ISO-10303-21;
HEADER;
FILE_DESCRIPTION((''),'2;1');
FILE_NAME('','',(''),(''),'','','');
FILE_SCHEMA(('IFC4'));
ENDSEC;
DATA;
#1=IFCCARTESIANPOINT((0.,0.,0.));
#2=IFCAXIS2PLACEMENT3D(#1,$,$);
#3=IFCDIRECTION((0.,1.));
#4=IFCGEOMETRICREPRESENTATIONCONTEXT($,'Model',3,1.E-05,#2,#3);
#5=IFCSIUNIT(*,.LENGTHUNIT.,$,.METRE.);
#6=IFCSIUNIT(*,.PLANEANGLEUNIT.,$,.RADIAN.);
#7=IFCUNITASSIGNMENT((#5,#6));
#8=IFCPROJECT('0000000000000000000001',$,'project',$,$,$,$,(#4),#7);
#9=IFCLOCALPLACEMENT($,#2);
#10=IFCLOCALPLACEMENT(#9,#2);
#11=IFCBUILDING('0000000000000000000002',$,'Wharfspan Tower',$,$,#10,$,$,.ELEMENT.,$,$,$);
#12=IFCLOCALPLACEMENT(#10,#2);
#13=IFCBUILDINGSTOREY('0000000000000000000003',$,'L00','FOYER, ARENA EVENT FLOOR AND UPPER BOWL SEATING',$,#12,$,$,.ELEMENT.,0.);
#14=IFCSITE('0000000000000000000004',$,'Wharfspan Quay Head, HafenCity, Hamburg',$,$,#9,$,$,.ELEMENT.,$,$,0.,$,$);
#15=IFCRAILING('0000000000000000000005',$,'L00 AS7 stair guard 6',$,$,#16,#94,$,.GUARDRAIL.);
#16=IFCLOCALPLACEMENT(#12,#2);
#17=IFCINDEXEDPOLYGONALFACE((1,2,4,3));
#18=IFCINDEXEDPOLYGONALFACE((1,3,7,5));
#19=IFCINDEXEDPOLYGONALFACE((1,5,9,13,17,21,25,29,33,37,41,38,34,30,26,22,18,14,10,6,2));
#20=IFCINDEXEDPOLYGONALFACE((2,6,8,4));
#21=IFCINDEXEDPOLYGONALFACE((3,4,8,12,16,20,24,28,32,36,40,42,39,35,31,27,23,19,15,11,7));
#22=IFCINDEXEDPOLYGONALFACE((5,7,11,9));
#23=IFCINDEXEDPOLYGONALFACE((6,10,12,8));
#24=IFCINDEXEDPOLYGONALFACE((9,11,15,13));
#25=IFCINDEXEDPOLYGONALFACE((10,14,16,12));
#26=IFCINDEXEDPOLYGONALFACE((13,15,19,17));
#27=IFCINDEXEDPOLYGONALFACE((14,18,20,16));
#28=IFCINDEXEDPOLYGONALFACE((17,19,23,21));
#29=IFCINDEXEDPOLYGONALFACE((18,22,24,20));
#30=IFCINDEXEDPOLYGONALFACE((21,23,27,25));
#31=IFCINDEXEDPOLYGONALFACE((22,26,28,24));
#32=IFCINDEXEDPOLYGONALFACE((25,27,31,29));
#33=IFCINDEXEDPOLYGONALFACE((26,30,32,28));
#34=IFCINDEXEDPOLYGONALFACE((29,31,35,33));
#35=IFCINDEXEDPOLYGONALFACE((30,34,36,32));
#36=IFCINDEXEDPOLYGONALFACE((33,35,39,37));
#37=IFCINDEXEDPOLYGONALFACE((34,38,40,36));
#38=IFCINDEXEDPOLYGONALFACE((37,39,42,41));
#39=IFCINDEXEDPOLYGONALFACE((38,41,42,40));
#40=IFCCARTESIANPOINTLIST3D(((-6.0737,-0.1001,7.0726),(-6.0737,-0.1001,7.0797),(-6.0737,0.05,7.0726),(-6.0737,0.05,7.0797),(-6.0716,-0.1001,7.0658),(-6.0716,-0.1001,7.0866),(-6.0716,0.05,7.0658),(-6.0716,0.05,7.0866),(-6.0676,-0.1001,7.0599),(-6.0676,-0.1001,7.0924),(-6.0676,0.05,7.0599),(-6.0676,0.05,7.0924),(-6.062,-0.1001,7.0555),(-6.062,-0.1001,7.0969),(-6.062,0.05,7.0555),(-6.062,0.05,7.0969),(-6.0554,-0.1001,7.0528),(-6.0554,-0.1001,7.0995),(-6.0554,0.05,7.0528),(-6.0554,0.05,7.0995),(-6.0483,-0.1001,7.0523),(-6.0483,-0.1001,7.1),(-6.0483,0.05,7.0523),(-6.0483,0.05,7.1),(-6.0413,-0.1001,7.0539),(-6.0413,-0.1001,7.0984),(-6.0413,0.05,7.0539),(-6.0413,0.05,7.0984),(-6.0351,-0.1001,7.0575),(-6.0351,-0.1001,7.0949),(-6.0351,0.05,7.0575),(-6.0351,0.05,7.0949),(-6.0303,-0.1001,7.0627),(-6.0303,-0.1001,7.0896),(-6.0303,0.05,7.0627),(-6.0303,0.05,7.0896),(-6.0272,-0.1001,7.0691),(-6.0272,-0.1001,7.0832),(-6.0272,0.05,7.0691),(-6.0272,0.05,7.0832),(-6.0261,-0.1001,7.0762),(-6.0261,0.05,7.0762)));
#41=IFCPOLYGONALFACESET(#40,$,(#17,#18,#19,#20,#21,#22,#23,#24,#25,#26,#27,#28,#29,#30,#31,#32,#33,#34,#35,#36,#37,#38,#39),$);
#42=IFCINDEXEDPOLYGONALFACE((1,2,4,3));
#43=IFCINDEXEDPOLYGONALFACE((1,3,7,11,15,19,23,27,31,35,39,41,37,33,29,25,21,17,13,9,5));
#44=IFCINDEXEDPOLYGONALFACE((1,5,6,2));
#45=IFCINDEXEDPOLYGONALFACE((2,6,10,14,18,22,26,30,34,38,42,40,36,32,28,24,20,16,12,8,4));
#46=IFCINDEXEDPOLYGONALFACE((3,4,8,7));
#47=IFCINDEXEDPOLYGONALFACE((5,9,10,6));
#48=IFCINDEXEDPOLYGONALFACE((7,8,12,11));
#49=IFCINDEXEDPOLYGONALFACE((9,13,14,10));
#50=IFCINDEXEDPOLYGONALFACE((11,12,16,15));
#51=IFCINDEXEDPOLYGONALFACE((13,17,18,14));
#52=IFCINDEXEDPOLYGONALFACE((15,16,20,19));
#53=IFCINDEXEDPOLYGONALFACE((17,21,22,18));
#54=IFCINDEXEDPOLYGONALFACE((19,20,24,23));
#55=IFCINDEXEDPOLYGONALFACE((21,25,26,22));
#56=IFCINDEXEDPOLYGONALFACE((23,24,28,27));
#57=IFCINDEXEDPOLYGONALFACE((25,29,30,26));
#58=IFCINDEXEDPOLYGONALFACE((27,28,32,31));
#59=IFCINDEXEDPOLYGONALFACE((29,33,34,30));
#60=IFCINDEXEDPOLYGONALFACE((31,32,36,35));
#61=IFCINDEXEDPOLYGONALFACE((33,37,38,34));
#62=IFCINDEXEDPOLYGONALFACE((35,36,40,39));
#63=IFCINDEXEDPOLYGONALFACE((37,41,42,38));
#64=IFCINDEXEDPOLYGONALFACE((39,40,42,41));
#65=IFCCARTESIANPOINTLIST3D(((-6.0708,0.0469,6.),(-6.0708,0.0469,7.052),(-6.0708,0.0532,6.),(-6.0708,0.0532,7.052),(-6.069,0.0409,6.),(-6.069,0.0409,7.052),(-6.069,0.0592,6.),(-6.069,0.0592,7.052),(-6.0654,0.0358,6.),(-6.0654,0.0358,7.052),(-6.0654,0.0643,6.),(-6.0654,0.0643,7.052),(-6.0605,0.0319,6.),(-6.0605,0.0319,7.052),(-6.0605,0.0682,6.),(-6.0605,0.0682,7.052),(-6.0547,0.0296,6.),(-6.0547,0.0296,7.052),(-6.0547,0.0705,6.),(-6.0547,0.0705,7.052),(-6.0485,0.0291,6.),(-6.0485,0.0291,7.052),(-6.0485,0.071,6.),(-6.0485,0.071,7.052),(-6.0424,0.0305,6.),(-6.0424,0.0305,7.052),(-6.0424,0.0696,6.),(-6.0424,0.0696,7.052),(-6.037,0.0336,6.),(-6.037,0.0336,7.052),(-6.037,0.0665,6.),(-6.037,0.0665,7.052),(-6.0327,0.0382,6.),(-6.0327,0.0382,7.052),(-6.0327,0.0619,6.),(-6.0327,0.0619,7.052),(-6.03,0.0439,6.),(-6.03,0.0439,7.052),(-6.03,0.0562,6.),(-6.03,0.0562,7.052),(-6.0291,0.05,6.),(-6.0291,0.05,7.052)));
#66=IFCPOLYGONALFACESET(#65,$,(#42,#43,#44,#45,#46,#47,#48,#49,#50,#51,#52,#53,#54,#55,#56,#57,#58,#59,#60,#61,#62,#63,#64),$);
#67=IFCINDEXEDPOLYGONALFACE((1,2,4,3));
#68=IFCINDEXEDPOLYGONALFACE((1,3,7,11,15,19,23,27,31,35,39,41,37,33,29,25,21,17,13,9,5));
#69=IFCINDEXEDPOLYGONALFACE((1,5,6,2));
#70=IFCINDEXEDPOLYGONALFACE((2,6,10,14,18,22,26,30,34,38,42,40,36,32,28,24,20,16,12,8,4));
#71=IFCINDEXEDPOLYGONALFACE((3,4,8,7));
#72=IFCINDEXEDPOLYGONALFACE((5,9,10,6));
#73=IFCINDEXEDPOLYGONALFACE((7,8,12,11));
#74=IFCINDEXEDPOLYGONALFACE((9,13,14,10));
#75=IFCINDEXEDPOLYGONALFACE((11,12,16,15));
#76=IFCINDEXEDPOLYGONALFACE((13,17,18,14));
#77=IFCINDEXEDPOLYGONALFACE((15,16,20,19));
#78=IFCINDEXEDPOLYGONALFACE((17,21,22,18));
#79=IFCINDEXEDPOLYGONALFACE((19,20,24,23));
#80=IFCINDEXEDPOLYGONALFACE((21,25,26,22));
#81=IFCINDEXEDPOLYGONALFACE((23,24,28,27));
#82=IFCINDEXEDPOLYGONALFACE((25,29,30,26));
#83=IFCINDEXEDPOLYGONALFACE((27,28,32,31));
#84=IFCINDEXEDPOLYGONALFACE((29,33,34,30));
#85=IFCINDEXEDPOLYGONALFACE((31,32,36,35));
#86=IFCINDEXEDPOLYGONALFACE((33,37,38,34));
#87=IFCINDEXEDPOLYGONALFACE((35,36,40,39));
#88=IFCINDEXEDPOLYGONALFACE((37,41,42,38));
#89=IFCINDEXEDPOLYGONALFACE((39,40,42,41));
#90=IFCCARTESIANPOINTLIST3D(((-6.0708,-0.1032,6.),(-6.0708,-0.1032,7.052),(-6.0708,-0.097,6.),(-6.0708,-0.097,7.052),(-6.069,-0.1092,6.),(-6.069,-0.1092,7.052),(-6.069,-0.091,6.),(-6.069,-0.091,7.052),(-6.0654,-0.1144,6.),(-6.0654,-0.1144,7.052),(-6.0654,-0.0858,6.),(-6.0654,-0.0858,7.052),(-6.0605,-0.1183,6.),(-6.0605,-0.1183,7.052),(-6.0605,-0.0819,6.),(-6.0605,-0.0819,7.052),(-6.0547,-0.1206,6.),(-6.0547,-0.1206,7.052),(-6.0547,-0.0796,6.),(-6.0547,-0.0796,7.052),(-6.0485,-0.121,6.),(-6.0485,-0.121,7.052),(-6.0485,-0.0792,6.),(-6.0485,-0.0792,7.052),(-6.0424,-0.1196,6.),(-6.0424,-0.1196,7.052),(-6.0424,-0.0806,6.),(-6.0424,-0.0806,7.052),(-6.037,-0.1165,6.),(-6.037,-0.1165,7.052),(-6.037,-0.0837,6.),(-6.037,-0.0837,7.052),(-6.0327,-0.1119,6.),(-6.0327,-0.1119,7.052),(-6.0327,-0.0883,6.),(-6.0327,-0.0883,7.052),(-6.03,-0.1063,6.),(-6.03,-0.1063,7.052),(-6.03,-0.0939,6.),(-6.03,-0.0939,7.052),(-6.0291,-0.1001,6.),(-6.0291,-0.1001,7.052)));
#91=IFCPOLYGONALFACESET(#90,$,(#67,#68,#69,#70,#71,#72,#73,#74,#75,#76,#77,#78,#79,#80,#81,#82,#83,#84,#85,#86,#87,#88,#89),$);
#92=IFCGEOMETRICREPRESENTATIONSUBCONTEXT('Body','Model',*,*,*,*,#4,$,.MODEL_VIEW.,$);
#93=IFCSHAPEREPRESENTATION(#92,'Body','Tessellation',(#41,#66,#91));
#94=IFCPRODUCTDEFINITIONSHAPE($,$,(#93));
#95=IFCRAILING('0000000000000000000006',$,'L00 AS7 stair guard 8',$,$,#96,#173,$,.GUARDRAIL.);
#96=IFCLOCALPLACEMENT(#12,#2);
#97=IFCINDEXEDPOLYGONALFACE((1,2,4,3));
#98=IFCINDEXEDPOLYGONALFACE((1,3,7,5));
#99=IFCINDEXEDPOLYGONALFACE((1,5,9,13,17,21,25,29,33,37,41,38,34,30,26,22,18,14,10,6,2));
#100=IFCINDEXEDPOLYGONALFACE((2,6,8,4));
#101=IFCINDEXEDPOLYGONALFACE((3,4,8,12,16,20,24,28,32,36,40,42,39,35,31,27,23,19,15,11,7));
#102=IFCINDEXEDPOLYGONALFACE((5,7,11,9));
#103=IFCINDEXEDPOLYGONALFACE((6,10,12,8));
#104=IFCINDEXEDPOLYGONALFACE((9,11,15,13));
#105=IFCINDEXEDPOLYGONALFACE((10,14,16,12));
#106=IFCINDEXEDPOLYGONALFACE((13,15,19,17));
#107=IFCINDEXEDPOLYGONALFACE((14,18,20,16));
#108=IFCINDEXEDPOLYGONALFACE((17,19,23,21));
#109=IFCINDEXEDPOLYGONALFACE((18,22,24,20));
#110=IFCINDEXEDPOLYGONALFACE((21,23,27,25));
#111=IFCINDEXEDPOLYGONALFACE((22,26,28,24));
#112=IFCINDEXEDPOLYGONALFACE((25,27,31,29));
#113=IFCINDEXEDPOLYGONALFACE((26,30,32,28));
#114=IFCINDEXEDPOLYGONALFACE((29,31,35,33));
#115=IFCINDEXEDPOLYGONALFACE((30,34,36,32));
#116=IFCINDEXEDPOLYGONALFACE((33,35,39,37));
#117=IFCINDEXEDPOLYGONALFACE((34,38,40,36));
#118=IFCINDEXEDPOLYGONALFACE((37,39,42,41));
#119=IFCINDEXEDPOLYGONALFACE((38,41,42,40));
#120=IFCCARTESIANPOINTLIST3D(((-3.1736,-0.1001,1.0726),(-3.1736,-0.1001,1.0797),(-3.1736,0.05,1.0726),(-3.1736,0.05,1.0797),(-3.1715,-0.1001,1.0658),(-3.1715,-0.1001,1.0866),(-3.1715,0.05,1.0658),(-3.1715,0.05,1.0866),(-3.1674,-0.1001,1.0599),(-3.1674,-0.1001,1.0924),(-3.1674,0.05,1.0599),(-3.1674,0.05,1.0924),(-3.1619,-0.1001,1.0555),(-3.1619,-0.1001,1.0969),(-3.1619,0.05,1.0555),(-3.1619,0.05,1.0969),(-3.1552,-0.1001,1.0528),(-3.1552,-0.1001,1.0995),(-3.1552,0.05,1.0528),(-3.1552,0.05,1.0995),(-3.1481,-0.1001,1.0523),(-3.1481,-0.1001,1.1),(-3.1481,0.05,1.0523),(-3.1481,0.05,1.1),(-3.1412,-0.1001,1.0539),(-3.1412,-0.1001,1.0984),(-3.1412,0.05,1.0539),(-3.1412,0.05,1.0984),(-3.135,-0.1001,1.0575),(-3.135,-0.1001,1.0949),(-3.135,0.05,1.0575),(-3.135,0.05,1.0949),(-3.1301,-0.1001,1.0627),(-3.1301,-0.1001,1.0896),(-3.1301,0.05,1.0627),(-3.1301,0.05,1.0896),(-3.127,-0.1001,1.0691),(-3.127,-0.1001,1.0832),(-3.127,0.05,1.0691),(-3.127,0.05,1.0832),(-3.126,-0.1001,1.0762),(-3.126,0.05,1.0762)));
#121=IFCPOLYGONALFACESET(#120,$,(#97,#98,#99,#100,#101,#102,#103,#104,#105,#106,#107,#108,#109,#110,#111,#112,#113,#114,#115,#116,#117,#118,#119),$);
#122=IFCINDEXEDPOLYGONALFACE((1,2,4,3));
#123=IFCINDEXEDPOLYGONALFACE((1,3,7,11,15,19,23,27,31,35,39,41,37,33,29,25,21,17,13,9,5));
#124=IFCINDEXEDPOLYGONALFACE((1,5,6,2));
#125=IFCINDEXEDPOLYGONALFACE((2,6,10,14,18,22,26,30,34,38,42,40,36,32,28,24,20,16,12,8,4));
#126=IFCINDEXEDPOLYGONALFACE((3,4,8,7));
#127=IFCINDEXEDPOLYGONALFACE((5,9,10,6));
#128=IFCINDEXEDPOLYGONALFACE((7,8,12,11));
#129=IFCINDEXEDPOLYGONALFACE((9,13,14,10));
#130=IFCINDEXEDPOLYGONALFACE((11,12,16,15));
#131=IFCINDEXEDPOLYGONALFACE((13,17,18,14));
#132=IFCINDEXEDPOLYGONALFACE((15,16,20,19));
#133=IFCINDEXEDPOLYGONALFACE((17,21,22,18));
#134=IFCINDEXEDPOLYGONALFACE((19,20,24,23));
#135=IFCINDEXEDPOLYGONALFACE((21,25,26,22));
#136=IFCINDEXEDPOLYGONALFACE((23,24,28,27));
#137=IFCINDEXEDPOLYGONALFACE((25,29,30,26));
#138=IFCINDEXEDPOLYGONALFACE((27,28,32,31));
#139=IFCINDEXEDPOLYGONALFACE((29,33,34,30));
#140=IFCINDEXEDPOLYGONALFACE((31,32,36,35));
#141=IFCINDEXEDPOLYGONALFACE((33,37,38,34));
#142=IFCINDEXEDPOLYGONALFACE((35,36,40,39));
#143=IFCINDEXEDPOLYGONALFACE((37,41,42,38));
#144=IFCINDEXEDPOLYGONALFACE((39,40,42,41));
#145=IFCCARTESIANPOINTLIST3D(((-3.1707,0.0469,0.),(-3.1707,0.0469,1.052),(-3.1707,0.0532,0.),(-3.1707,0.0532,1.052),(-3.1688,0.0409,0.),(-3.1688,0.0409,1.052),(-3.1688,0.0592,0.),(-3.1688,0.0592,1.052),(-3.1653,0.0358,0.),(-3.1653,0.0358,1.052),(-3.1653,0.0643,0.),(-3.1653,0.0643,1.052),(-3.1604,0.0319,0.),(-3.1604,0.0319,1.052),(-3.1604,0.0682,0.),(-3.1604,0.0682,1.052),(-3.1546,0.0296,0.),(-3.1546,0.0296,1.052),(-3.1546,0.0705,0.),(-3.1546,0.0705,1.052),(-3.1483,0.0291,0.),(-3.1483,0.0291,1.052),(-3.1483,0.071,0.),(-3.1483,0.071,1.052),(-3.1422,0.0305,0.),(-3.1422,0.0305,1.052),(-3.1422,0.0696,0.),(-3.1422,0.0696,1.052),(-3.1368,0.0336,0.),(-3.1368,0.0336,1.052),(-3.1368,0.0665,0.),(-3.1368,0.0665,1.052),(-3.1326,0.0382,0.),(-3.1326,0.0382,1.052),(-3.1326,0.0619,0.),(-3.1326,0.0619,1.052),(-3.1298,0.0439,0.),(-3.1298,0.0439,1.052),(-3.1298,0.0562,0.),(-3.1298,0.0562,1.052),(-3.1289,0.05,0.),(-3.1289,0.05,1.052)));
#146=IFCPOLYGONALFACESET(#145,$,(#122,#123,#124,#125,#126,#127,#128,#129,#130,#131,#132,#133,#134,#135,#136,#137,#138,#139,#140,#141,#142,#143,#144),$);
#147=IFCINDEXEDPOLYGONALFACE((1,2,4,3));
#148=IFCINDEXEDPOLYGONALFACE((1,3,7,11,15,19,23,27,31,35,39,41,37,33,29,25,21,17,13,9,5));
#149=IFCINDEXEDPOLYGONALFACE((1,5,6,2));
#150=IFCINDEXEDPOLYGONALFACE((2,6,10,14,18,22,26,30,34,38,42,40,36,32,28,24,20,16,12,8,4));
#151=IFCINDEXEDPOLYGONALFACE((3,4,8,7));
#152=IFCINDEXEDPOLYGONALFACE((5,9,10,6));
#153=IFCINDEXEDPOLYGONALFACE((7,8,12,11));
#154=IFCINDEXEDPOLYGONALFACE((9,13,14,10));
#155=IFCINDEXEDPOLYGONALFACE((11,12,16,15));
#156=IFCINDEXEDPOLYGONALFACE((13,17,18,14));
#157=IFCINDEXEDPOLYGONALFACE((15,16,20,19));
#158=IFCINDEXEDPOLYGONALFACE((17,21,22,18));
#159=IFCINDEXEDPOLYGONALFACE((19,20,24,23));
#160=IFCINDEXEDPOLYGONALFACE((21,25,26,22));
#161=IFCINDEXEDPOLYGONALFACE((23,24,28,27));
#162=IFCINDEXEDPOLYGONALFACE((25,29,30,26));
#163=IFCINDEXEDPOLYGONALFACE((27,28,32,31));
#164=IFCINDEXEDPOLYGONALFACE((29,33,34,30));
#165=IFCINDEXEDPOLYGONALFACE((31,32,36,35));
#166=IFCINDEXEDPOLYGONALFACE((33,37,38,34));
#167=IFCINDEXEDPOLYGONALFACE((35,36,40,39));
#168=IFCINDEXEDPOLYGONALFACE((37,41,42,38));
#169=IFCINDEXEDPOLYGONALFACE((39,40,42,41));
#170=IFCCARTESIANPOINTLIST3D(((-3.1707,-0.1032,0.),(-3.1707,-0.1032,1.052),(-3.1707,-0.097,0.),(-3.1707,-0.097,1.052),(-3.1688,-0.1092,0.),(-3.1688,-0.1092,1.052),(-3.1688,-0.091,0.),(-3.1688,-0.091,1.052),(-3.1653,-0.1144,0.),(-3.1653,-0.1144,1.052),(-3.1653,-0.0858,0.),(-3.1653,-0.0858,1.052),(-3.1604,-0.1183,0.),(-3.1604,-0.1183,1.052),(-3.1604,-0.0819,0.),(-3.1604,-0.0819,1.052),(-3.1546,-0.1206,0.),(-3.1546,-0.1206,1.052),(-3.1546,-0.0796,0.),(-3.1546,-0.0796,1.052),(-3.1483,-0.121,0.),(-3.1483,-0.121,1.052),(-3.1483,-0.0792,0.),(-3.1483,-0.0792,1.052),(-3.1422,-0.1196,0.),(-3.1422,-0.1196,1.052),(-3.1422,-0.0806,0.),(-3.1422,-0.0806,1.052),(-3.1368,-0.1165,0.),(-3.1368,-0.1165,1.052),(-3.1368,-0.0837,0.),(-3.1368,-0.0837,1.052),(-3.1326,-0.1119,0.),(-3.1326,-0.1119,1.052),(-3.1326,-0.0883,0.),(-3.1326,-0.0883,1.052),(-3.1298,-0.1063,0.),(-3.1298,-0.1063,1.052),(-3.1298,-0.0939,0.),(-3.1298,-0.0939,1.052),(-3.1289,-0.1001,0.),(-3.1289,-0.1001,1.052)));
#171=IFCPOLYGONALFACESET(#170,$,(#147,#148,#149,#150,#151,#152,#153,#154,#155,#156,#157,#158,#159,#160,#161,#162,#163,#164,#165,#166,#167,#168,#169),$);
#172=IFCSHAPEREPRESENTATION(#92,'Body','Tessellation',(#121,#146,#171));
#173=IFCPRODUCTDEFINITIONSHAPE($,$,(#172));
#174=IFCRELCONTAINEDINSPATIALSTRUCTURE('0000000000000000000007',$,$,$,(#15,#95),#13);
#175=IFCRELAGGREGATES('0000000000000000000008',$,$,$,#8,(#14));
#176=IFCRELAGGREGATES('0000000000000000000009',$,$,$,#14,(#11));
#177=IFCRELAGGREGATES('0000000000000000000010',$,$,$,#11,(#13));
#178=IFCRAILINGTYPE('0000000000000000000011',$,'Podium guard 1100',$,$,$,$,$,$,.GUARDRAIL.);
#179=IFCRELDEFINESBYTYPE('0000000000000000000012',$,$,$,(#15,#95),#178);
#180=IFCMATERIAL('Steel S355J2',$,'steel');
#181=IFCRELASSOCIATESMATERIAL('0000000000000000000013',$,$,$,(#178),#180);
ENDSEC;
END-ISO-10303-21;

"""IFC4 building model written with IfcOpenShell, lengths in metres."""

from ifc_helpers import new_model, si_unit, direction, frame, origin, origin_2d, place, context, subcontext, project, spatial, circle, extrude, material, type_object, element, save


model = new_model("IFC4")

# Units and contexts
model_context = context("Model", 3, precision=1e-05, world=origin(), true_north=direction((0.0, 1.0)))
body_context = subcontext(model_context, "Body", "Model", "MODEL_VIEW")
ifc_project = project(units=[si_unit("LENGTHUNIT", "METRE"), si_unit("PLANEANGLEUNIT", "RADIAN")], contexts=[model_context])

# Site, building, storey
site_placement = place(None, origin())
site = spatial("IfcSite", under=ifc_project, at=site_placement, Name="Wharfspan Quay Head, HafenCity, Hamburg", CompositionType="ELEMENT", RefElevation=0.0)
building_placement = place(site_placement, origin())
building = spatial("IfcBuilding", under=site, at=building_placement, Name="Wharfspan Tower", CompositionType="ELEMENT")
storey_placement = place(building_placement, origin())
storey = spatial("IfcBuildingStorey", under=building, at=storey_placement, Name="L00", Description="FOYER, ARENA EVENT FLOOR AND UPPER BOWL SEATING", CompositionType="ELEMENT", Elevation=0.0)

# Shared definitions
ifc_material_1 = material(Name="Steel S355J2", Category="steel")

# Railings
railing_type_1 = type_object("IfcRailingType", Name="Podium guard 1100", PredefinedType="GUARDRAIL", material=ifc_material_1)
for number, where, name in (
    (1, (-6.05, 0.05, 6.0), "L00 AS7 stair guard 6"),
    (2, (-3.1499, 0.05, 0.0), "L00 AS7 stair guard 8"),
):
    element("IfcRailing", number, at=place(storey_placement, frame(where)), inside=storey, type_object=railing_type_1, Name=name, PredefinedType="GUARDRAIL", context=body_context, shape_type="SweptSolid", body=[
        extrude(circle(Radius=0.0239, at=origin_2d()), frame((0.0, 0.0, 1.0762), z_axis=(0.0, -1.0, 0.0), x_axis=(1.0, 0.0, 0.0)), (0.0, 0.0, 1.0), 0.1501),
        extrude(circle(Radius=0.021, at=origin_2d()), origin(), (0.0, 0.0, 1.0), 1.052),
        extrude(circle(Radius=0.021, at=origin_2d()), frame((0.0, -0.1501, 0.0)), (0.0, 0.0, 1.0), 1.052),
    ])

save(model, "model.ifc")
